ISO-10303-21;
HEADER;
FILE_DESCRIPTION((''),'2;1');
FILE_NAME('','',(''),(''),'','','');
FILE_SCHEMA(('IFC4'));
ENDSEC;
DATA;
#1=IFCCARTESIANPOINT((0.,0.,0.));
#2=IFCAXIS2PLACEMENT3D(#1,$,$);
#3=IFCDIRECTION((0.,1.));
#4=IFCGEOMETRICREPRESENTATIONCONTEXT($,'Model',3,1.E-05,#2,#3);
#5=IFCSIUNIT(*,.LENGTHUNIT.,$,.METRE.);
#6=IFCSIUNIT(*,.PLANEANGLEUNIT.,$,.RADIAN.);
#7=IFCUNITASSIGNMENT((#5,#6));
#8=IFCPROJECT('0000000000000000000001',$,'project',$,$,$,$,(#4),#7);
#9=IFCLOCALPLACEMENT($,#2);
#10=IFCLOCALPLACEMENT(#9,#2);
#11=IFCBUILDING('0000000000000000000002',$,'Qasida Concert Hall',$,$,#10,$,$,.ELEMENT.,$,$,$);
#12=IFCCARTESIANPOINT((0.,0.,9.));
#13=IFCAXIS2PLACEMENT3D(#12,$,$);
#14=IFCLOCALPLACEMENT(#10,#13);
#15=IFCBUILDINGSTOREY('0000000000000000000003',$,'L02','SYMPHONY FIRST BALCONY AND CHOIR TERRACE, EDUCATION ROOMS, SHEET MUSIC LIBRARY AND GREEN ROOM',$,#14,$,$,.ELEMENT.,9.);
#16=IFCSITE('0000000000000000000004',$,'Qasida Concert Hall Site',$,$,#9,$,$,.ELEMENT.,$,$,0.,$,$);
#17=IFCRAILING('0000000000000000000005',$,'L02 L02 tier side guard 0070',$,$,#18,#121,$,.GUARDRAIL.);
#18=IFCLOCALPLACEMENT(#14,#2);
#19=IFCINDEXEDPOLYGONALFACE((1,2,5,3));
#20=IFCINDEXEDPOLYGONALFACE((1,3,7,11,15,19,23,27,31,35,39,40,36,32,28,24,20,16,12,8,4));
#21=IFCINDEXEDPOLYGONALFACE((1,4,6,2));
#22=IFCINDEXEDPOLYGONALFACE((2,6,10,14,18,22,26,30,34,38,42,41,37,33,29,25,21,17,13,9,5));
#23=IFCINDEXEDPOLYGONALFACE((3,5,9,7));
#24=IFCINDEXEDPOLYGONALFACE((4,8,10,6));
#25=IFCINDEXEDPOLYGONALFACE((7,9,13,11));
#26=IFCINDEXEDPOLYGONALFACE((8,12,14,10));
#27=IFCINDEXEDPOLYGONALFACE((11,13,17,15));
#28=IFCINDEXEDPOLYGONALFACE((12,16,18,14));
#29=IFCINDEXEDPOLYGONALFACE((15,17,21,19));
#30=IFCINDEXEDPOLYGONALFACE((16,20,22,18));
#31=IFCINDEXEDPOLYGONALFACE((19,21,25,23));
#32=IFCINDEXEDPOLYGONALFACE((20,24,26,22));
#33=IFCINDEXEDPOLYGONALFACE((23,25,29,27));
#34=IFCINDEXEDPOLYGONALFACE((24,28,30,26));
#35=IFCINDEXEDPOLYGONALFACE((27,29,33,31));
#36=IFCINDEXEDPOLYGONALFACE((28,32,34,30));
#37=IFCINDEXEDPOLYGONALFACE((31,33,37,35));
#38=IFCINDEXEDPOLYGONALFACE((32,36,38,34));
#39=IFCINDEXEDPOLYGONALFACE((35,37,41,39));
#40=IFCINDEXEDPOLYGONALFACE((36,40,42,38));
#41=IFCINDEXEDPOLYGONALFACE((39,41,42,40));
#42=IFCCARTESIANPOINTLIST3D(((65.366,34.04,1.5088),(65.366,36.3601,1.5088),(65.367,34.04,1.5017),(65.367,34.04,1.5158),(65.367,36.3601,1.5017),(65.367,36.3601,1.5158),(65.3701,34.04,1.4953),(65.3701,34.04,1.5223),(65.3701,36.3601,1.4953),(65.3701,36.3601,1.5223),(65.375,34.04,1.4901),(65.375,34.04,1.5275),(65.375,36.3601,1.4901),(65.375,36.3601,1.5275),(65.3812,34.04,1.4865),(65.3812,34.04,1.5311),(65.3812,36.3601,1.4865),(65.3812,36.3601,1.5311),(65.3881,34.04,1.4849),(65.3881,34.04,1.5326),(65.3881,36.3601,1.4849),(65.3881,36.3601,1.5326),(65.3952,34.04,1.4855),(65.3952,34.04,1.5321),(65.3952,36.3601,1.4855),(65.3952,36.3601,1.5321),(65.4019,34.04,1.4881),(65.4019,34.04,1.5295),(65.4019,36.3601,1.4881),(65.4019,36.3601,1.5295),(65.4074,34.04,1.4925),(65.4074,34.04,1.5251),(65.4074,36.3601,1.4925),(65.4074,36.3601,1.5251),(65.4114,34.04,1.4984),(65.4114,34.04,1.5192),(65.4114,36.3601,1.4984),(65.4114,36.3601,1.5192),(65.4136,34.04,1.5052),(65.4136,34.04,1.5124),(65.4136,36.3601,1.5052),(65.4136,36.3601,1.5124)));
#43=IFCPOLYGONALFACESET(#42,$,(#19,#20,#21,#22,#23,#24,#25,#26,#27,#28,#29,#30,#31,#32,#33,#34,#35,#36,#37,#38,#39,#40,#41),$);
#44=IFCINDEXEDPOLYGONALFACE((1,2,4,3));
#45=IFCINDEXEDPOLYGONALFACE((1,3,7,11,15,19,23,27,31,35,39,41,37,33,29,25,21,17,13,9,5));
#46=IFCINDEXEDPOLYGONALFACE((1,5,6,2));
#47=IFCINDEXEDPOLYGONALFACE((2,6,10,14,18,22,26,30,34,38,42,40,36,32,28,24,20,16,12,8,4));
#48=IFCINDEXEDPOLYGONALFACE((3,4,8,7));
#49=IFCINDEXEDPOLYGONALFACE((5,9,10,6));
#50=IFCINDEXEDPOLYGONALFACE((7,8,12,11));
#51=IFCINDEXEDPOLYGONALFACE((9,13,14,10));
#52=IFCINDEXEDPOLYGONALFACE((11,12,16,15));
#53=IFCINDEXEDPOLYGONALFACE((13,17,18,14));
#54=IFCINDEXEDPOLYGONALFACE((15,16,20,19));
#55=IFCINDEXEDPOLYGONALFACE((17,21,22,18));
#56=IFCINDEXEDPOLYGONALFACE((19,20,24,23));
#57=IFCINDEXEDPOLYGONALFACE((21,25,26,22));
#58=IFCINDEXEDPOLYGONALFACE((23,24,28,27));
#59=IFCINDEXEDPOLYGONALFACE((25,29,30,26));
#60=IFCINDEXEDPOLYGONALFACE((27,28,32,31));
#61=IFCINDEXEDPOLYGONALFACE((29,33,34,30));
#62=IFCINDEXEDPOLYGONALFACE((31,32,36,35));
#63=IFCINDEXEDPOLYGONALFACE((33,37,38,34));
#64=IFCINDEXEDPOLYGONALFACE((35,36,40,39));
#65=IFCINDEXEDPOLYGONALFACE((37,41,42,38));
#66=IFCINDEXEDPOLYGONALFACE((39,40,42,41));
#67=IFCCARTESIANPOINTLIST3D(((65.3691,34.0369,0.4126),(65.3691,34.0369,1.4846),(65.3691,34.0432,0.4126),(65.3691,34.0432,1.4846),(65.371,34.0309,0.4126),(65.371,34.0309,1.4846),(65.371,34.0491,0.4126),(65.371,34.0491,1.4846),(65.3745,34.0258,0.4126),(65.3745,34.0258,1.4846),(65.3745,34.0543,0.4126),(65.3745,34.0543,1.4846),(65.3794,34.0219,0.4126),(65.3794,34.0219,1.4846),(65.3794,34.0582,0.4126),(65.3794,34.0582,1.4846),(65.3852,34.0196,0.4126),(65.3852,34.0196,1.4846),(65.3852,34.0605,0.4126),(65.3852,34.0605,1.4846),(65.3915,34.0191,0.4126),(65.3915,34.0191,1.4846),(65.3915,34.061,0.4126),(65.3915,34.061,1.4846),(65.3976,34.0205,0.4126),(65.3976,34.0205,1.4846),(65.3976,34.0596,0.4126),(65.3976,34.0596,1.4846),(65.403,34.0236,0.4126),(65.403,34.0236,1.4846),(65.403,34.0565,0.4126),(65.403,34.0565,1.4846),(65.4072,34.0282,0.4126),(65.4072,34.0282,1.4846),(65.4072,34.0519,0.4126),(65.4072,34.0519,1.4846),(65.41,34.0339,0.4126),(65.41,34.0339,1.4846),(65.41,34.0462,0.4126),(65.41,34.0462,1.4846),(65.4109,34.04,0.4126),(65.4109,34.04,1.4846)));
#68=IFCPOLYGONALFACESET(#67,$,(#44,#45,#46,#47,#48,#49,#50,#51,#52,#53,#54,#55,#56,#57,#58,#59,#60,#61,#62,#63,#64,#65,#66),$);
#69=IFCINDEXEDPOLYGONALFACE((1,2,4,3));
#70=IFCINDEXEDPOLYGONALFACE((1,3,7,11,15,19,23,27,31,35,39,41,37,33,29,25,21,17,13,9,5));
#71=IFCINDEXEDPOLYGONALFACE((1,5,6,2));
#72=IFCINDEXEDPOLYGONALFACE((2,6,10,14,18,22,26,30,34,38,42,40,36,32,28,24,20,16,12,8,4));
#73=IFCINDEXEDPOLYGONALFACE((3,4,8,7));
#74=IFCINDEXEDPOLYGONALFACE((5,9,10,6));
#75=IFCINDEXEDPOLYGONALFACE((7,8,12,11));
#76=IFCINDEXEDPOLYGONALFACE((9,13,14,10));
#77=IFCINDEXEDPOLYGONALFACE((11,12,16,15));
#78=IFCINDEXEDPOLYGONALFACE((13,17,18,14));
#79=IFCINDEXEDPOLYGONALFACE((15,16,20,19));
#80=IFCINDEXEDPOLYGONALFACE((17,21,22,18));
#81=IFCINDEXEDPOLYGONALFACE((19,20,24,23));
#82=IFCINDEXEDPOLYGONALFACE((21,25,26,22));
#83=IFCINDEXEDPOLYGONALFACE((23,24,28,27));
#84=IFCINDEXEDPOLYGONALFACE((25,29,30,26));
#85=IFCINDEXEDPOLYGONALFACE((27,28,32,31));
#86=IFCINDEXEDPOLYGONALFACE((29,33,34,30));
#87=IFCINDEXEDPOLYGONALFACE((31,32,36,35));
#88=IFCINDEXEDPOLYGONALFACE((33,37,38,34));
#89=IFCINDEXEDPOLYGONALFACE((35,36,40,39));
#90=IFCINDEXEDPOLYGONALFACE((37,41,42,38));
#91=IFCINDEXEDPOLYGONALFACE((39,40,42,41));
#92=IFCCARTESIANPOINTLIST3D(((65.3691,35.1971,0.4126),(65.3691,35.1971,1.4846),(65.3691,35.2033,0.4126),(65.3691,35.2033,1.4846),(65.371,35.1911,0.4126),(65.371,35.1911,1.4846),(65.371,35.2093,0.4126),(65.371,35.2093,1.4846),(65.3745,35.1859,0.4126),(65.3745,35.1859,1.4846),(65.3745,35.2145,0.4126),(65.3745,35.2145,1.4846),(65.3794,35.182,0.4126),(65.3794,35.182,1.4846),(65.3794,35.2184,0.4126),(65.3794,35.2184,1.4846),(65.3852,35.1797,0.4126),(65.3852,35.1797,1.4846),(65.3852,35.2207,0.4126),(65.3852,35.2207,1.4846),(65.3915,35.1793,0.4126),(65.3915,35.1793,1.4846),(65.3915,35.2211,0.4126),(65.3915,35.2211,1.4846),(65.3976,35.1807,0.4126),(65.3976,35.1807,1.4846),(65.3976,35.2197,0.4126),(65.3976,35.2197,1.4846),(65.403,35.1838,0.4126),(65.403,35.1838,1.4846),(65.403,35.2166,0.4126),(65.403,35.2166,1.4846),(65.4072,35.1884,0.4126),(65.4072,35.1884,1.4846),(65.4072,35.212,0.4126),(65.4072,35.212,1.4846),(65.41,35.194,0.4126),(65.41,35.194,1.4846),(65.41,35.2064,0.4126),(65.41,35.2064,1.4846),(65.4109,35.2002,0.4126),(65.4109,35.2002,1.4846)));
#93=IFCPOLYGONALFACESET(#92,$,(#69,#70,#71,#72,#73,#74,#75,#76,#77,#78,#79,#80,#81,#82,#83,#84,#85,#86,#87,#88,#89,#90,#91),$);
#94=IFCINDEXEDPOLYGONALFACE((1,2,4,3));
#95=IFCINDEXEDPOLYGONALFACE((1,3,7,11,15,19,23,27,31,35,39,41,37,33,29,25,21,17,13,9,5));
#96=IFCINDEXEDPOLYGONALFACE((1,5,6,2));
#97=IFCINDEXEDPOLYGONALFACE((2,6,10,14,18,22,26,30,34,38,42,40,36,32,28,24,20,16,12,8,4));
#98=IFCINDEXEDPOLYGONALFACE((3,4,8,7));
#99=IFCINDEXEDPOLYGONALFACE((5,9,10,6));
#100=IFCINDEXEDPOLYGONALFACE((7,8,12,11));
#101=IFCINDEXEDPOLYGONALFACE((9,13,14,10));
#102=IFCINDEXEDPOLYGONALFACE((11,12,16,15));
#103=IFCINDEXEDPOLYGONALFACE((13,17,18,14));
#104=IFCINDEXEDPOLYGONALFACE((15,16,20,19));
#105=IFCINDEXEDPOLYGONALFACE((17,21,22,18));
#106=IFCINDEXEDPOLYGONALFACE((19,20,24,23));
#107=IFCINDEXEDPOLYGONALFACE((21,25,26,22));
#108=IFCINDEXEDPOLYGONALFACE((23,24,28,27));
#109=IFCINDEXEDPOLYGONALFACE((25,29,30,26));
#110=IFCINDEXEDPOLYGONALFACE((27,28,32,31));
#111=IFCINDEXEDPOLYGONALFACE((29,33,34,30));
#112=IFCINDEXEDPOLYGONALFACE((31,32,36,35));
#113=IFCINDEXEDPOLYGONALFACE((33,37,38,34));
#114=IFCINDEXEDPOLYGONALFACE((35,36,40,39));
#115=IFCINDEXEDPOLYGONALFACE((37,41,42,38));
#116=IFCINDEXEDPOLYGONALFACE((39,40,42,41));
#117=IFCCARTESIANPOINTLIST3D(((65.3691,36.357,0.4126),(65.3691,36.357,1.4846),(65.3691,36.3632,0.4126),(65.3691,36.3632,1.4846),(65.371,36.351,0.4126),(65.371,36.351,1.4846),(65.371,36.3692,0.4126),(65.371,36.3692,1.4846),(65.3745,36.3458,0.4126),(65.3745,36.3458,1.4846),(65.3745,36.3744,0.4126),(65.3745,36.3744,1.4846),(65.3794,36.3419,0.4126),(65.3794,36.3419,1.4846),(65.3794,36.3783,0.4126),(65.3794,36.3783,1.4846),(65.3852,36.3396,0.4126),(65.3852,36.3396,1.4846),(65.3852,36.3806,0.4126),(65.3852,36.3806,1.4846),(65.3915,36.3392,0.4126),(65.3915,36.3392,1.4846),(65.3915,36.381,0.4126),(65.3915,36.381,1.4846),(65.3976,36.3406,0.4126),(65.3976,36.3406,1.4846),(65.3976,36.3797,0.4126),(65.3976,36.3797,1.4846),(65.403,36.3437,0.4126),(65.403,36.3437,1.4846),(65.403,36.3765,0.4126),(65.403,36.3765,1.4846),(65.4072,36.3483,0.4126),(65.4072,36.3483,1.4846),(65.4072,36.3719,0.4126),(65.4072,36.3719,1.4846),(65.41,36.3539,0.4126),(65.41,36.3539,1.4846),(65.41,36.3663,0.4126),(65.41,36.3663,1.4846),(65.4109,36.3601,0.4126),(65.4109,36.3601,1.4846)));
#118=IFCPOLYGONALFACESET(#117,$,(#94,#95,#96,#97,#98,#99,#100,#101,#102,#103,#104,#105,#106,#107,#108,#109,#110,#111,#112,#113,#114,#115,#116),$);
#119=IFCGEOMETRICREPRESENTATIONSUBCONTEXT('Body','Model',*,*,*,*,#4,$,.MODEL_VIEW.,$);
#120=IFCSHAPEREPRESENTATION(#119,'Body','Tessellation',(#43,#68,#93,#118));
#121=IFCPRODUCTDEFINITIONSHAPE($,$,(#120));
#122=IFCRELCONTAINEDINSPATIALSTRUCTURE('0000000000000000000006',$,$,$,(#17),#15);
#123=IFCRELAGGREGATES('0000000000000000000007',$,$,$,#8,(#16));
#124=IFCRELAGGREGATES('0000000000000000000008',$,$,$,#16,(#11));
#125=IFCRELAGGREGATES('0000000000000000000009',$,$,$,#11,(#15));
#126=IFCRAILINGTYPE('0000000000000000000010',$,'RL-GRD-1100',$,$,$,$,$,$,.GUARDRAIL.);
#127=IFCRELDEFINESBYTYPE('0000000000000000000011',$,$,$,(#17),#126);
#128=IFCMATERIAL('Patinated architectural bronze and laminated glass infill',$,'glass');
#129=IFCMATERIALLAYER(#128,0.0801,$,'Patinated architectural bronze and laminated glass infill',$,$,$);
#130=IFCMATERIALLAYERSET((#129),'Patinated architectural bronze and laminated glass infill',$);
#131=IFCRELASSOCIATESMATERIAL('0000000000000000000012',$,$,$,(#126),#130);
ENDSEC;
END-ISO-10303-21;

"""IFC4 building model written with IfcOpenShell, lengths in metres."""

from ifc_helpers import new_model, si_unit, direction, frame, origin, origin_2d, place, context, subcontext, project, spatial, circle, extrude, material, layer, layer_set, type_object, element, save


model = new_model("IFC4")

# Units and contexts
model_context = context("Model", 3, precision=1e-05, world=origin(), true_north=direction((0.0, 1.0)))
body_context = subcontext(model_context, "Body", "Model", "MODEL_VIEW")
ifc_project = project(units=[si_unit("LENGTHUNIT", "METRE"), si_unit("PLANEANGLEUNIT", "RADIAN")], contexts=[model_context])

# Site, building, storey
site_placement = place(None, origin())
site = spatial("IfcSite", under=ifc_project, at=site_placement, Name="Qasida Concert Hall Site", CompositionType="ELEMENT", RefElevation=0.0)
building_placement = place(site_placement, origin())
building = spatial("IfcBuilding", under=site, at=building_placement, Name="Qasida Concert Hall", CompositionType="ELEMENT")
storey_placement = place(building_placement, frame((0.0, 0.0, 9.0)))
storey = spatial("IfcBuildingStorey", under=building, at=storey_placement, Name="L02", Description="SYMPHONY FIRST BALCONY AND CHOIR TERRACE, EDUCATION ROOMS, SHEET MUSIC LIBRARY AND GREEN ROOM", CompositionType="ELEMENT", Elevation=9.0)

# Railing
ifc_material_1 = material(Name="Patinated architectural bronze and laminated glass infill", Category="glass")
ifc_layer_1 = layer(ifc_material_1, 0.0801, Name="Patinated architectural bronze and laminated glass infill")
ifc_layer_set_1 = layer_set([ifc_layer_1], Name="Patinated architectural bronze and laminated glass infill")
railing_type = type_object("IfcRailingType", Name="RL-GRD-1100", PredefinedType="GUARDRAIL", material=ifc_layer_set_1)
for number, where, name in (
    (1, (65.3899, 34.04, 0.4126), "L02 L02 tier side guard 0070"),
):
    element("IfcRailing", number, at=place(storey_placement, frame(where)), inside=storey, type_object=railing_type, Name=name, PredefinedType="GUARDRAIL", context=body_context, shape_type="SweptSolid", body=[
        extrude(circle(Radius=0.0239, at=origin_2d()), frame((0.0, 0.0, 1.0962), z_axis=(0.0, 1.0, 0.0), x_axis=(-1.0, 0.0, 0.0)), (0.0, 0.0, 1.0), 2.3201),
        extrude(circle(Radius=0.021, at=origin_2d()), origin(), (0.0, 0.0, 1.0), 1.072),
        extrude(circle(Radius=0.021, at=origin_2d()), frame((0.0, 1.1602, 0.0)), (0.0, 0.0, 1.0), 1.072),
        extrude(circle(Radius=0.021, at=origin_2d()), frame((0.0, 2.3201, 0.0)), (0.0, 0.0, 1.0), 1.072),
    ])

save(model, "model.ifc")
